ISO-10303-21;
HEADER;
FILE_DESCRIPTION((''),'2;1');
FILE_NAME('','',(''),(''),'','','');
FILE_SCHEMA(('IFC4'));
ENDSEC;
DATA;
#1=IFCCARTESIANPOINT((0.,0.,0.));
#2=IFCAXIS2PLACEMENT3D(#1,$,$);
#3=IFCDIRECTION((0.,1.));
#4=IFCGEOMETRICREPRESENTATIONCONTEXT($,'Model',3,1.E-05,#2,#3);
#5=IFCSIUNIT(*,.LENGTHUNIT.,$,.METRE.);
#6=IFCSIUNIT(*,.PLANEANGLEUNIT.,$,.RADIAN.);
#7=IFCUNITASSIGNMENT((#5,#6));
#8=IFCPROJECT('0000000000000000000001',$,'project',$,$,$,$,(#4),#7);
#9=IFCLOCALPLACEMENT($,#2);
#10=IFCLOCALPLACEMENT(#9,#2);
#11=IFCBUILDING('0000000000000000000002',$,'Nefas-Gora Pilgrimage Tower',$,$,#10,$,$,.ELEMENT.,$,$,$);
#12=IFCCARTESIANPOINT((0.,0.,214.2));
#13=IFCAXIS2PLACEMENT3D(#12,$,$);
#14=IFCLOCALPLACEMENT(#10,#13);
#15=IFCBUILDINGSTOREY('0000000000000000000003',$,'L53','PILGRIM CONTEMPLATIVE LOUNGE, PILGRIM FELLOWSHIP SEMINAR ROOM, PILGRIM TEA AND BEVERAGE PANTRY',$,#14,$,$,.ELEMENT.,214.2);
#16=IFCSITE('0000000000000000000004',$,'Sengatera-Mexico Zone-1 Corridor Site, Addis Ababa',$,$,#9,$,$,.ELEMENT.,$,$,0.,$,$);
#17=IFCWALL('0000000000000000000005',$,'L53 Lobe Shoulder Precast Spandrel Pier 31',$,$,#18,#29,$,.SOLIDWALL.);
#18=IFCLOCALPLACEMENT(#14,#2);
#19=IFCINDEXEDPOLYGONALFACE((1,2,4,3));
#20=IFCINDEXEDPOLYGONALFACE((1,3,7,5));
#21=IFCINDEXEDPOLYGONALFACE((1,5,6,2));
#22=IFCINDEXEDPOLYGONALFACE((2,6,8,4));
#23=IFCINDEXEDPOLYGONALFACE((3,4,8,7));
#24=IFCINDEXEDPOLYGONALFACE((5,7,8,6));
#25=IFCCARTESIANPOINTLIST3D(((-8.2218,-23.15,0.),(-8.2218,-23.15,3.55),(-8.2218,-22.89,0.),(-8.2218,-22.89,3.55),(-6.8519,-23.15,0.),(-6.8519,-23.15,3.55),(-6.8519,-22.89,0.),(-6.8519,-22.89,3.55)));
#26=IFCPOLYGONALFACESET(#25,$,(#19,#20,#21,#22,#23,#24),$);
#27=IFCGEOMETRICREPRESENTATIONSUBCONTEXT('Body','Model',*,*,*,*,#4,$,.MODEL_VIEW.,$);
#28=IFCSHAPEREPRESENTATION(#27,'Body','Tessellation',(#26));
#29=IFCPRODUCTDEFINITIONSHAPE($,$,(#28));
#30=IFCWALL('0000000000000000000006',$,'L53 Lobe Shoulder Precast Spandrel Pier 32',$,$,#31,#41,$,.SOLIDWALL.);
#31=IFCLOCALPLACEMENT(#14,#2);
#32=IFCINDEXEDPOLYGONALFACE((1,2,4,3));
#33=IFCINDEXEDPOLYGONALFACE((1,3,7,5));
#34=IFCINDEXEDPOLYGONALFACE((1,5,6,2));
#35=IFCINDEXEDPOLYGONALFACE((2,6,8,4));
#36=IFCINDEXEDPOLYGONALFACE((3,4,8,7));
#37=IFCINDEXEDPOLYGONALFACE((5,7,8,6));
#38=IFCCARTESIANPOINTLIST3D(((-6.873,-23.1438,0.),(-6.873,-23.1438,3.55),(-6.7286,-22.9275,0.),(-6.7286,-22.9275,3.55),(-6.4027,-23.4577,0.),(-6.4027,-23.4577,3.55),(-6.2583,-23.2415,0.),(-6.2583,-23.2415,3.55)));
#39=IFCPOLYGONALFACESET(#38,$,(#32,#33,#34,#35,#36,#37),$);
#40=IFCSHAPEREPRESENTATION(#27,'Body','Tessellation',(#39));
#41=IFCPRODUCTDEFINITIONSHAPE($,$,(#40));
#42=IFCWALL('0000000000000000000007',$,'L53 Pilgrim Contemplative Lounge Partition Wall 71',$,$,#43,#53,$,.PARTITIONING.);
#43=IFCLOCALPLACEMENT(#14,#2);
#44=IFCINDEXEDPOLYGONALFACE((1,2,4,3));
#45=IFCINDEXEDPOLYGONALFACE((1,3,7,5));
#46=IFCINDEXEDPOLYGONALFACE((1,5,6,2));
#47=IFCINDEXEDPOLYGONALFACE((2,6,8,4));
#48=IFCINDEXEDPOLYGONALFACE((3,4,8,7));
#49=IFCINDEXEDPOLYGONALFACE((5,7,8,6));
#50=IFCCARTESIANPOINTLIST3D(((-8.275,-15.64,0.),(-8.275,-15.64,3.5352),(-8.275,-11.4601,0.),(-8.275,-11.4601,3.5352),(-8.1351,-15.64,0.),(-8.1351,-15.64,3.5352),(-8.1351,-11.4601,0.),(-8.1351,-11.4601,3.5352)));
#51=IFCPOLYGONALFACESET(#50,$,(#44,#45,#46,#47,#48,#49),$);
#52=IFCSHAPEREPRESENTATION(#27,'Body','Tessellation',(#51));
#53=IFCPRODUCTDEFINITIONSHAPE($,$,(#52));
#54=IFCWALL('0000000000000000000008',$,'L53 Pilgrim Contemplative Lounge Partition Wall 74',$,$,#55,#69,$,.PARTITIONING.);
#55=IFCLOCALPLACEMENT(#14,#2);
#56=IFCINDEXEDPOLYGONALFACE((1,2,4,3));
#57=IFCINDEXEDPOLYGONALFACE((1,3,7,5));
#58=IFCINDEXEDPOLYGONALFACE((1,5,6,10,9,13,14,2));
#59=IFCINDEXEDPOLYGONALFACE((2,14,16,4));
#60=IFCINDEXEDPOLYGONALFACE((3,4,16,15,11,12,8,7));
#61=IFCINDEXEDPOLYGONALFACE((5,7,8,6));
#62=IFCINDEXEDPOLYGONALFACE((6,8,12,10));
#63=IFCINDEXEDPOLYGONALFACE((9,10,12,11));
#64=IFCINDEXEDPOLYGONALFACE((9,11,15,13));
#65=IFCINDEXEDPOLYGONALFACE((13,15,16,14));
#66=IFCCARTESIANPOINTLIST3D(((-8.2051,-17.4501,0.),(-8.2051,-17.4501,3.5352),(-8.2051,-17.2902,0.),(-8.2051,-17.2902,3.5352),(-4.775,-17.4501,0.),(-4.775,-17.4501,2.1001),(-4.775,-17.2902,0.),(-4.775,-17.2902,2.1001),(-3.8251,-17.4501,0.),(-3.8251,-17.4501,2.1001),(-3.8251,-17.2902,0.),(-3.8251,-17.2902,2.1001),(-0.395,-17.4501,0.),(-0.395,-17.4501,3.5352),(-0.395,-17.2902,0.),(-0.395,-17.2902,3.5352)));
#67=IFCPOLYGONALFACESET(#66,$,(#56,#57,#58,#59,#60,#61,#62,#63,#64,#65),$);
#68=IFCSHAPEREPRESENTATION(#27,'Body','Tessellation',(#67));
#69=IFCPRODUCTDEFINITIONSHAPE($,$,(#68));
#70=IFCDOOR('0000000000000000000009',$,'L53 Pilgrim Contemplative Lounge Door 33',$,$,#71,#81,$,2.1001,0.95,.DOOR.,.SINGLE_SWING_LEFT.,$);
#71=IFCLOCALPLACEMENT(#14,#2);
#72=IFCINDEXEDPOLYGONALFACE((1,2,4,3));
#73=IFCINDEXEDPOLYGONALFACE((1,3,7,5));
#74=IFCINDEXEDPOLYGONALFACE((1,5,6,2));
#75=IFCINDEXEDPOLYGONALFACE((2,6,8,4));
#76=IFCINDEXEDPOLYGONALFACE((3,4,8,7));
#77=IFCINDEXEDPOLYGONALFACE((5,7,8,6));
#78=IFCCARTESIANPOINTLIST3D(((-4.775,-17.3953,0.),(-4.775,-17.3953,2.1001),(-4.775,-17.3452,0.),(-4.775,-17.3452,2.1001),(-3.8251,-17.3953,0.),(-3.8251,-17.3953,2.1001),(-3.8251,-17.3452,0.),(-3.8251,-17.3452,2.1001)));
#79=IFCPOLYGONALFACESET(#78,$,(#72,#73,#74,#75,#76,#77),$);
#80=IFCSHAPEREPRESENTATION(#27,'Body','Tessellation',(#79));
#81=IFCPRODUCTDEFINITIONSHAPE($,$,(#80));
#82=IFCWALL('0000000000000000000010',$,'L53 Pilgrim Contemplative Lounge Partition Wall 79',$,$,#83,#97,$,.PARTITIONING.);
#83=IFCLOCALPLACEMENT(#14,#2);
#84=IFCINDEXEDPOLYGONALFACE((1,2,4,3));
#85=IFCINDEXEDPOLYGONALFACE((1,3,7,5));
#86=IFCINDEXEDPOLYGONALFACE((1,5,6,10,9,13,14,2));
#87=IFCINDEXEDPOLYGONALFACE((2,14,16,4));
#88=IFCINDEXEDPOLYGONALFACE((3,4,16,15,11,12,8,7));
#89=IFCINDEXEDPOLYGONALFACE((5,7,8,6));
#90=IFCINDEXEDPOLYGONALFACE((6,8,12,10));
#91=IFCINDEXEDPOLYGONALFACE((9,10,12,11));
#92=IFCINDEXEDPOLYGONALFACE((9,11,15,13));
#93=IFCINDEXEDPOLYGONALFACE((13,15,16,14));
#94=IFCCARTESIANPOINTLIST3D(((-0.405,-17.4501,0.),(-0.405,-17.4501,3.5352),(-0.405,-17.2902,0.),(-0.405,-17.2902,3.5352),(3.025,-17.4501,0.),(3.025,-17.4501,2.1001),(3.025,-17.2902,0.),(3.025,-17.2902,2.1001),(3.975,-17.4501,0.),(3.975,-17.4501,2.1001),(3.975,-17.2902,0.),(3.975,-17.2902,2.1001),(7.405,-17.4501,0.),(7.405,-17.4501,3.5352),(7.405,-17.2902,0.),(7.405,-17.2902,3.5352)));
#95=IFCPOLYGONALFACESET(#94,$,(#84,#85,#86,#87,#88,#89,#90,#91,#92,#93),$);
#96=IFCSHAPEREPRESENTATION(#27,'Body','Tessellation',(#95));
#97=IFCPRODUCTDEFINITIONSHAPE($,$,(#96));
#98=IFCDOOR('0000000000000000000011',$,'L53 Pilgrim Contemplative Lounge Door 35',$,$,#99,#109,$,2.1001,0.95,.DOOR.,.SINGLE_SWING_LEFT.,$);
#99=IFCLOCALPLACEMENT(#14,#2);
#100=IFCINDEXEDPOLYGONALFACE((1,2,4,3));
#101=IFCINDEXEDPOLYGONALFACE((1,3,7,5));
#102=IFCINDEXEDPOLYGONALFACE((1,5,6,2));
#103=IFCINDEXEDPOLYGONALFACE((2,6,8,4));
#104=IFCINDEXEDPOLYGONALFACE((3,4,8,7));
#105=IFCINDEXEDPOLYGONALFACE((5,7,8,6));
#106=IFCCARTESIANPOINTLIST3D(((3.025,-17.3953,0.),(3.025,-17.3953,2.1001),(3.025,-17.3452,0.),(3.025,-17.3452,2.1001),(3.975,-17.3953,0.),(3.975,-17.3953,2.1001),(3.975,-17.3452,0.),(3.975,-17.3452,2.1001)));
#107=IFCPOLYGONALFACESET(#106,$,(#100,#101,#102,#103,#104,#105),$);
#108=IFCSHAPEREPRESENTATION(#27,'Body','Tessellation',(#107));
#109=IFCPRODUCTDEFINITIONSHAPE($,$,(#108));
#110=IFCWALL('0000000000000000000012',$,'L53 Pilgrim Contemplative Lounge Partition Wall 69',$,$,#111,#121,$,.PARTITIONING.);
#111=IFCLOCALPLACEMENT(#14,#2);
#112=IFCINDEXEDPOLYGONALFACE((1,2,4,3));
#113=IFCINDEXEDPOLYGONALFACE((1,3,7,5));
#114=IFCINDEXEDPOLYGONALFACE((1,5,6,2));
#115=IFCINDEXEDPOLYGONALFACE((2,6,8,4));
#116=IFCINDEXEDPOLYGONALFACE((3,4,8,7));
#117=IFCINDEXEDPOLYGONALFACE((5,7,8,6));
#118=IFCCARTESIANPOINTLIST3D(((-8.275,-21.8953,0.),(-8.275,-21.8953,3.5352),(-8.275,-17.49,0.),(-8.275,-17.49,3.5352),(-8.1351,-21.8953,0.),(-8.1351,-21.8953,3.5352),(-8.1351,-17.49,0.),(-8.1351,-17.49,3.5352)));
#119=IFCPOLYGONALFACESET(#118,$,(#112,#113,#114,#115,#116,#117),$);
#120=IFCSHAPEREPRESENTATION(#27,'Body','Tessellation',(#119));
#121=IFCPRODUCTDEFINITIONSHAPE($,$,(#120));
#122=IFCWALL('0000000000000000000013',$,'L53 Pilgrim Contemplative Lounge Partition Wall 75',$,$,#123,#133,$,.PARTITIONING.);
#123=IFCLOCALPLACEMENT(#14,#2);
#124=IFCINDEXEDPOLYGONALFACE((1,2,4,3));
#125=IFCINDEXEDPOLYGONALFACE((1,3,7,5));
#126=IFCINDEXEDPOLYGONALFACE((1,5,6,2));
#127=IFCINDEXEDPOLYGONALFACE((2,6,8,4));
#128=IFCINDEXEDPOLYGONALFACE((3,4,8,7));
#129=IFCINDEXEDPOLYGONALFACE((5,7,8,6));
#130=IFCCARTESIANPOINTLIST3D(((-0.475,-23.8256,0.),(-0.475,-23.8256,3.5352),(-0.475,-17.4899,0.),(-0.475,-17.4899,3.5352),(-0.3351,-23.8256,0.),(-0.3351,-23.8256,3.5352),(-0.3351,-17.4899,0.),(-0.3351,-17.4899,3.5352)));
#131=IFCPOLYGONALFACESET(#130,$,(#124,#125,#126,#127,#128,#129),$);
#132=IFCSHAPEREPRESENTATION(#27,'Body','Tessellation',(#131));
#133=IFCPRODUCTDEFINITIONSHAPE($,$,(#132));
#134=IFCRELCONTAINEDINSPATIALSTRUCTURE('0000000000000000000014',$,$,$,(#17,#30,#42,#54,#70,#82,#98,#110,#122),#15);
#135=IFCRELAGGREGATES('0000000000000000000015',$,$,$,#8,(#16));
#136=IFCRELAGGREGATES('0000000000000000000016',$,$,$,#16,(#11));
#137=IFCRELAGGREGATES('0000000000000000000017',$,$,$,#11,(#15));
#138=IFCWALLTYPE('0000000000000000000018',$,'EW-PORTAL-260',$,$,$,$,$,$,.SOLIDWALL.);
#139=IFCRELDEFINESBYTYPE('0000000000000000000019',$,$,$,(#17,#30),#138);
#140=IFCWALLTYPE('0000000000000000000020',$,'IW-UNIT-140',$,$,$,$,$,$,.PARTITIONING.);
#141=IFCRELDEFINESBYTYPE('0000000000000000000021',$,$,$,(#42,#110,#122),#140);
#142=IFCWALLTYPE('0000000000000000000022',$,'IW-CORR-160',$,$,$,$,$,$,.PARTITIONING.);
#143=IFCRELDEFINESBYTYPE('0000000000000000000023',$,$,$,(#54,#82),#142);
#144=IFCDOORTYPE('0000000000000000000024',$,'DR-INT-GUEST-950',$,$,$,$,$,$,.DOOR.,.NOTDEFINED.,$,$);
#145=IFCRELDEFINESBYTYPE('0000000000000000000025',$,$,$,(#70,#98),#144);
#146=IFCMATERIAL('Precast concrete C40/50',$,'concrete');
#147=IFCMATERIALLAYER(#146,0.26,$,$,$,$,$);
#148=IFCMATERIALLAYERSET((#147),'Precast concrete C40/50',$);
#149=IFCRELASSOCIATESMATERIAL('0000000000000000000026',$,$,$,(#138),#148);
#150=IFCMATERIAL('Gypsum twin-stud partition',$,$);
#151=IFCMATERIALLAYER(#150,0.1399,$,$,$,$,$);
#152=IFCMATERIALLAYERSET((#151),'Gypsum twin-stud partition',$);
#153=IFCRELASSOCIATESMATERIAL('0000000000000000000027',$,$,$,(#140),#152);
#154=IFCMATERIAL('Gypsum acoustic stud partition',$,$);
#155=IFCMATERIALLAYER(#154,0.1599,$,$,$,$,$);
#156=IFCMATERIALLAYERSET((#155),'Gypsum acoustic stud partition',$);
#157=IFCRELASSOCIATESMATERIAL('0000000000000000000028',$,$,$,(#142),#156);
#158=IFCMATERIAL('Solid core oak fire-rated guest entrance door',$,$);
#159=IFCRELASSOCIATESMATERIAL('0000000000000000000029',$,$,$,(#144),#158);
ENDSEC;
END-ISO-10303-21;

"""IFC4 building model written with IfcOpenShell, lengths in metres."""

from ifc_helpers import new_model, si_unit, direction, frame, frame_2d, origin, place, context, subcontext, project, spatial, rectangle, extrude, source, transform, mapped, material, layer, layer_set, type_object, element, fill, save


model = new_model("IFC4")

# Units and contexts
model_context = context("Model", 3, precision=1e-05, world=origin(), true_north=direction((0.0, 1.0)))
body_context = subcontext(model_context, "Body", "Model", "MODEL_VIEW")
ifc_project = project(units=[si_unit("LENGTHUNIT", "METRE"), si_unit("PLANEANGLEUNIT", "RADIAN")], contexts=[model_context])

# Site, building, storey
site_placement = place(None, origin())
site = spatial("IfcSite", under=ifc_project, at=site_placement, Name="Sengatera-Mexico Zone-1 Corridor Site, Addis Ababa", CompositionType="ELEMENT", RefElevation=0.0)
building_placement = place(site_placement, origin())
building = spatial("IfcBuilding", under=site, at=building_placement, Name="Nefas-Gora Pilgrimage Tower", CompositionType="ELEMENT")
storey_placement = place(building_placement, frame((0.0, 0.0, 214.2)))
storey = spatial("IfcBuildingStorey", under=building, at=storey_placement, Name="L53", Description="PILGRIM CONTEMPLATIVE LOUNGE, PILGRIM FELLOWSHIP SEMINAR ROOM, PILGRIM TEA AND BEVERAGE PANTRY", CompositionType="ELEMENT", Elevation=214.2)

# Walls
ifc_material_1 = material(Name="Precast concrete C40/50", Category="concrete")
ifc_layer_1 = layer(ifc_material_1, 0.26)
ifc_layer_set_1 = layer_set([ifc_layer_1], Name="Precast concrete C40/50")
wall_type_1 = type_object("IfcWallType", Name="EW-PORTAL-260", PredefinedType="SOLIDWALL", material=ifc_layer_set_1)
shared_shape_1 = source(origin(), body_context, "Body", "SweptSolid", [
    extrude(rectangle(XDim=1.3699, YDim=0.26, at=frame_2d((0.6851, 0.0))), origin(), (0.0, 0.0, 1.0), 3.55),
])
wall_1_placement = place(storey_placement, frame((-8.2219, -23.02, 0.0), z_axis=(0.0, 0.0, 1.0), x_axis=(1.0, 0.0, 0.0)))
element("IfcWall", 1, at=wall_1_placement, inside=storey, type_object=wall_type_1, Name="L53 Lobe Shoulder Precast Spandrel Pier 31", PredefinedType="SOLIDWALL", context=body_context, shape_type="MappedRepresentation", body=[
    mapped(shared_shape_1, transform((0.0, 0.0, 0.0), x_axis=(1.0, 0.0, 0.0), y_axis=(0.0, 1.0, 0.0), z_axis=(0.0, 0.0, 1.0), scale=1.0)),
])
shared_shape_2 = source(origin(), body_context, "Body", "SweptSolid", [
    extrude(rectangle(XDim=0.5654, YDim=0.26, at=frame_2d((0.2827, 0.0))), origin(), (0.0, 0.0, 1.0), 3.55),
])
wall_2_placement = place(storey_placement, frame((-6.8008, -23.0356, 0.0), z_axis=(0.0, 0.0, 1.0), x_axis=(0.831651, -0.555298, 0.0)))
element("IfcWall", 2, at=wall_2_placement, inside=storey, type_object=wall_type_1, Name="L53 Lobe Shoulder Precast Spandrel Pier 32", PredefinedType="SOLIDWALL", context=body_context, shape_type="MappedRepresentation", body=[
    mapped(shared_shape_2, transform((0.0, 0.0, 0.0), x_axis=(1.0, 0.0, 0.0), y_axis=(0.0, 1.0, 0.0), z_axis=(0.0, 0.0, 1.0), scale=1.0)),
])
ifc_material_2 = material(Name="Gypsum twin-stud partition")
ifc_layer_2 = layer(ifc_material_2, 0.1399)
ifc_layer_set_2 = layer_set([ifc_layer_2], Name="Gypsum twin-stud partition")
wall_type_2 = type_object("IfcWallType", Name="IW-UNIT-140", PredefinedType="PARTITIONING", material=ifc_layer_set_2)
shared_shape_3 = source(origin(), body_context, "Body", "SweptSolid", [
    extrude(rectangle(XDim=4.1799, YDim=0.1399, at=frame_2d((2.0898, 0.0))), origin(), (0.0, 0.0, 1.0), 3.5352),
])
wall_3_placement = place(storey_placement, frame((-8.2051, -15.6399, 0.0), z_axis=(0.0, 0.0, 1.0), x_axis=(0.0, 1.0, 0.0)))
element("IfcWall", 3, at=wall_3_placement, inside=storey, type_object=wall_type_2, Name="L53 Pilgrim Contemplative Lounge Partition Wall 71", PredefinedType="PARTITIONING", context=body_context, shape_type="MappedRepresentation", body=[
    mapped(shared_shape_3, transform((0.0, 0.0, 0.0), x_axis=(1.0, 0.0, 0.0), y_axis=(0.0, 1.0, 0.0), z_axis=(0.0, 0.0, 1.0), scale=1.0)),
])

# Walls, openings, doors
ifc_material_3 = material(Name="Gypsum acoustic stud partition")
ifc_layer_3 = layer(ifc_material_3, 0.1599)
ifc_layer_set_3 = layer_set([ifc_layer_3], Name="Gypsum acoustic stud partition")
wall_type_3 = type_object("IfcWallType", Name="IW-CORR-160", PredefinedType="PARTITIONING", material=ifc_layer_set_3)
shared_shape_4 = source(origin(), body_context, "Body", "SweptSolid", [
    extrude(rectangle(XDim=7.8101, YDim=0.1599, at=frame_2d((3.905, 0.0))), origin(), (0.0, 0.0, 1.0), 3.5352),
])
wall_4_placement = place(storey_placement, frame((-8.2051, -17.3701, 0.0), z_axis=(0.0, 0.0, 1.0), x_axis=(1.0, 0.0, 0.0)))
wall_4 = element("IfcWall", 4, at=wall_4_placement, inside=storey, type_object=wall_type_3, Name="L53 Pilgrim Contemplative Lounge Partition Wall 74", PredefinedType="PARTITIONING", context=body_context, shape_type="MappedRepresentation", body=[
    mapped(shared_shape_4, transform((0.0, 0.0, 0.0), x_axis=(1.0, 0.0, 0.0), y_axis=(0.0, 1.0, 0.0), z_axis=(0.0, 0.0, 1.0), scale=1.0)),
])
opening_1_placement = place(wall_4_placement, frame((3.4299, 0.0, 0.0)))
opening_1 = element("IfcOpeningElement", 5, at=opening_1_placement, cuts=wall_4, PredefinedType="OPENING", context=body_context, shape_type="SweptSolid", body=[
    extrude(rectangle(XDim=0.95, YDim=2.1001, at=frame_2d((0.4751, 1.05))), frame((0.0, 0.0898, 0.0), z_axis=(0.0, -1.0, 0.0), x_axis=(1.0, 0.0, 0.0)), (0.0, 0.0, 1.0), 0.1799),
])
ifc_material_4 = material(Name="Solid core oak fire-rated guest entrance door")
door_type = type_object("IfcDoorType", Name="DR-INT-GUEST-950", OperationType="NOTDEFINED", PredefinedType="DOOR", material=ifc_material_4)
shared_shape_5 = source(origin(), body_context, "Body", "SweptSolid", [
    extrude(rectangle(XDim=0.95, YDim=2.1001, at=frame_2d((0.4751, 1.05))), frame((0.0, 0.0249, 0.0), z_axis=(0.0, -1.0, 0.0), x_axis=(1.0, 0.0, 0.0)), (0.0, 0.0, 1.0), 0.05),
])
door_1_placement = place(opening_1_placement, origin())
door_1 = element("IfcDoor", 6, at=door_1_placement, inside=storey, type_object=door_type, Name="L53 Pilgrim Contemplative Lounge Door 33", OperationType="SINGLE_SWING_LEFT", OverallHeight=2.1001, OverallWidth=0.95, PredefinedType="DOOR", context=body_context, shape_type="MappedRepresentation", body=[
    mapped(shared_shape_5, transform((0.0, 0.0, 0.0), x_axis=(1.0, 0.0, 0.0), y_axis=(0.0, 1.0, 0.0), z_axis=(0.0, 0.0, 1.0), scale=1.0)),
])
fill(opening_1, door_1)
wall_5_placement = place(storey_placement, frame((-0.405, -17.3701, 0.0), z_axis=(0.0, 0.0, 1.0), x_axis=(1.0, 0.0, 0.0)))
wall_5 = element("IfcWall", 7, at=wall_5_placement, inside=storey, type_object=wall_type_3, Name="L53 Pilgrim Contemplative Lounge Partition Wall 79", PredefinedType="PARTITIONING", context=body_context, shape_type="MappedRepresentation", body=[
    mapped(shared_shape_4, transform((0.0, 0.0, 0.0), x_axis=(1.0, 0.0, 0.0), y_axis=(0.0, 1.0, 0.0), z_axis=(0.0, 0.0, 1.0), scale=1.0)),
])
opening_2_placement = place(wall_5_placement, frame((3.4299, 0.0, 0.0)))
opening_2 = element("IfcOpeningElement", 8, at=opening_2_placement, cuts=wall_5, PredefinedType="OPENING", context=body_context, shape_type="SweptSolid", body=[
    extrude(rectangle(XDim=0.95, YDim=2.1001, at=frame_2d((0.4751, 1.05))), frame((0.0, 0.0898, 0.0), z_axis=(0.0, -1.0, 0.0), x_axis=(1.0, 0.0, 0.0)), (0.0, 0.0, 1.0), 0.1799),
])
door_2_placement = place(opening_2_placement, origin())
door_2 = element("IfcDoor", 9, at=door_2_placement, inside=storey, type_object=door_type, Name="L53 Pilgrim Contemplative Lounge Door 35", OperationType="SINGLE_SWING_LEFT", OverallHeight=2.1001, OverallWidth=0.95, PredefinedType="DOOR", context=body_context, shape_type="MappedRepresentation", body=[
    mapped(shared_shape_5, transform((0.0, 0.0, 0.0), x_axis=(1.0, 0.0, 0.0), y_axis=(0.0, 1.0, 0.0), z_axis=(0.0, 0.0, 1.0), scale=1.0)),
])
fill(opening_2, door_2)

# Walls
shared_shape_6 = source(origin(), body_context, "Body", "SweptSolid", [
    extrude(rectangle(XDim=4.4053, YDim=0.1399, at=frame_2d((2.2026, 0.0))), origin(), (0.0, 0.0, 1.0), 3.5352),
])
wall_6_placement = place(storey_placement, frame((-8.2051, -21.8953, 0.0), z_axis=(0.0, 0.0, 1.0), x_axis=(0.0, 1.0, 0.0)))
element("IfcWall", 10, at=wall_6_placement, inside=storey, type_object=wall_type_2, Name="L53 Pilgrim Contemplative Lounge Partition Wall 69", PredefinedType="PARTITIONING", context=body_context, shape_type="MappedRepresentation", body=[
    mapped(shared_shape_6, transform((0.0, 0.0, 0.0), x_axis=(1.0, 0.0, 0.0), y_axis=(0.0, 1.0, 0.0), z_axis=(0.0, 0.0, 1.0), scale=1.0)),
])
shared_shape_7 = source(origin(), body_context, "Body", "SweptSolid", [
    extrude(rectangle(XDim=6.3357, YDim=0.1399, at=frame_2d((3.168, 0.0))), origin(), (0.0, 0.0, 1.0), 3.5352),
])
wall_7_placement = place(storey_placement, frame((-0.405, -23.8257, 0.0), z_axis=(0.0, 0.0, 1.0), x_axis=(0.0, 1.0, 0.0)))
element("IfcWall", 11, at=wall_7_placement, inside=storey, type_object=wall_type_2, Name="L53 Pilgrim Contemplative Lounge Partition Wall 75", PredefinedType="PARTITIONING", context=body_context, shape_type="MappedRepresentation", body=[
    mapped(shared_shape_7, transform((0.0, 0.0, 0.0), x_axis=(1.0, 0.0, 0.0), y_axis=(0.0, 1.0, 0.0), z_axis=(0.0, 0.0, 1.0), scale=1.0)),
])

save(model, "model.ifc")
